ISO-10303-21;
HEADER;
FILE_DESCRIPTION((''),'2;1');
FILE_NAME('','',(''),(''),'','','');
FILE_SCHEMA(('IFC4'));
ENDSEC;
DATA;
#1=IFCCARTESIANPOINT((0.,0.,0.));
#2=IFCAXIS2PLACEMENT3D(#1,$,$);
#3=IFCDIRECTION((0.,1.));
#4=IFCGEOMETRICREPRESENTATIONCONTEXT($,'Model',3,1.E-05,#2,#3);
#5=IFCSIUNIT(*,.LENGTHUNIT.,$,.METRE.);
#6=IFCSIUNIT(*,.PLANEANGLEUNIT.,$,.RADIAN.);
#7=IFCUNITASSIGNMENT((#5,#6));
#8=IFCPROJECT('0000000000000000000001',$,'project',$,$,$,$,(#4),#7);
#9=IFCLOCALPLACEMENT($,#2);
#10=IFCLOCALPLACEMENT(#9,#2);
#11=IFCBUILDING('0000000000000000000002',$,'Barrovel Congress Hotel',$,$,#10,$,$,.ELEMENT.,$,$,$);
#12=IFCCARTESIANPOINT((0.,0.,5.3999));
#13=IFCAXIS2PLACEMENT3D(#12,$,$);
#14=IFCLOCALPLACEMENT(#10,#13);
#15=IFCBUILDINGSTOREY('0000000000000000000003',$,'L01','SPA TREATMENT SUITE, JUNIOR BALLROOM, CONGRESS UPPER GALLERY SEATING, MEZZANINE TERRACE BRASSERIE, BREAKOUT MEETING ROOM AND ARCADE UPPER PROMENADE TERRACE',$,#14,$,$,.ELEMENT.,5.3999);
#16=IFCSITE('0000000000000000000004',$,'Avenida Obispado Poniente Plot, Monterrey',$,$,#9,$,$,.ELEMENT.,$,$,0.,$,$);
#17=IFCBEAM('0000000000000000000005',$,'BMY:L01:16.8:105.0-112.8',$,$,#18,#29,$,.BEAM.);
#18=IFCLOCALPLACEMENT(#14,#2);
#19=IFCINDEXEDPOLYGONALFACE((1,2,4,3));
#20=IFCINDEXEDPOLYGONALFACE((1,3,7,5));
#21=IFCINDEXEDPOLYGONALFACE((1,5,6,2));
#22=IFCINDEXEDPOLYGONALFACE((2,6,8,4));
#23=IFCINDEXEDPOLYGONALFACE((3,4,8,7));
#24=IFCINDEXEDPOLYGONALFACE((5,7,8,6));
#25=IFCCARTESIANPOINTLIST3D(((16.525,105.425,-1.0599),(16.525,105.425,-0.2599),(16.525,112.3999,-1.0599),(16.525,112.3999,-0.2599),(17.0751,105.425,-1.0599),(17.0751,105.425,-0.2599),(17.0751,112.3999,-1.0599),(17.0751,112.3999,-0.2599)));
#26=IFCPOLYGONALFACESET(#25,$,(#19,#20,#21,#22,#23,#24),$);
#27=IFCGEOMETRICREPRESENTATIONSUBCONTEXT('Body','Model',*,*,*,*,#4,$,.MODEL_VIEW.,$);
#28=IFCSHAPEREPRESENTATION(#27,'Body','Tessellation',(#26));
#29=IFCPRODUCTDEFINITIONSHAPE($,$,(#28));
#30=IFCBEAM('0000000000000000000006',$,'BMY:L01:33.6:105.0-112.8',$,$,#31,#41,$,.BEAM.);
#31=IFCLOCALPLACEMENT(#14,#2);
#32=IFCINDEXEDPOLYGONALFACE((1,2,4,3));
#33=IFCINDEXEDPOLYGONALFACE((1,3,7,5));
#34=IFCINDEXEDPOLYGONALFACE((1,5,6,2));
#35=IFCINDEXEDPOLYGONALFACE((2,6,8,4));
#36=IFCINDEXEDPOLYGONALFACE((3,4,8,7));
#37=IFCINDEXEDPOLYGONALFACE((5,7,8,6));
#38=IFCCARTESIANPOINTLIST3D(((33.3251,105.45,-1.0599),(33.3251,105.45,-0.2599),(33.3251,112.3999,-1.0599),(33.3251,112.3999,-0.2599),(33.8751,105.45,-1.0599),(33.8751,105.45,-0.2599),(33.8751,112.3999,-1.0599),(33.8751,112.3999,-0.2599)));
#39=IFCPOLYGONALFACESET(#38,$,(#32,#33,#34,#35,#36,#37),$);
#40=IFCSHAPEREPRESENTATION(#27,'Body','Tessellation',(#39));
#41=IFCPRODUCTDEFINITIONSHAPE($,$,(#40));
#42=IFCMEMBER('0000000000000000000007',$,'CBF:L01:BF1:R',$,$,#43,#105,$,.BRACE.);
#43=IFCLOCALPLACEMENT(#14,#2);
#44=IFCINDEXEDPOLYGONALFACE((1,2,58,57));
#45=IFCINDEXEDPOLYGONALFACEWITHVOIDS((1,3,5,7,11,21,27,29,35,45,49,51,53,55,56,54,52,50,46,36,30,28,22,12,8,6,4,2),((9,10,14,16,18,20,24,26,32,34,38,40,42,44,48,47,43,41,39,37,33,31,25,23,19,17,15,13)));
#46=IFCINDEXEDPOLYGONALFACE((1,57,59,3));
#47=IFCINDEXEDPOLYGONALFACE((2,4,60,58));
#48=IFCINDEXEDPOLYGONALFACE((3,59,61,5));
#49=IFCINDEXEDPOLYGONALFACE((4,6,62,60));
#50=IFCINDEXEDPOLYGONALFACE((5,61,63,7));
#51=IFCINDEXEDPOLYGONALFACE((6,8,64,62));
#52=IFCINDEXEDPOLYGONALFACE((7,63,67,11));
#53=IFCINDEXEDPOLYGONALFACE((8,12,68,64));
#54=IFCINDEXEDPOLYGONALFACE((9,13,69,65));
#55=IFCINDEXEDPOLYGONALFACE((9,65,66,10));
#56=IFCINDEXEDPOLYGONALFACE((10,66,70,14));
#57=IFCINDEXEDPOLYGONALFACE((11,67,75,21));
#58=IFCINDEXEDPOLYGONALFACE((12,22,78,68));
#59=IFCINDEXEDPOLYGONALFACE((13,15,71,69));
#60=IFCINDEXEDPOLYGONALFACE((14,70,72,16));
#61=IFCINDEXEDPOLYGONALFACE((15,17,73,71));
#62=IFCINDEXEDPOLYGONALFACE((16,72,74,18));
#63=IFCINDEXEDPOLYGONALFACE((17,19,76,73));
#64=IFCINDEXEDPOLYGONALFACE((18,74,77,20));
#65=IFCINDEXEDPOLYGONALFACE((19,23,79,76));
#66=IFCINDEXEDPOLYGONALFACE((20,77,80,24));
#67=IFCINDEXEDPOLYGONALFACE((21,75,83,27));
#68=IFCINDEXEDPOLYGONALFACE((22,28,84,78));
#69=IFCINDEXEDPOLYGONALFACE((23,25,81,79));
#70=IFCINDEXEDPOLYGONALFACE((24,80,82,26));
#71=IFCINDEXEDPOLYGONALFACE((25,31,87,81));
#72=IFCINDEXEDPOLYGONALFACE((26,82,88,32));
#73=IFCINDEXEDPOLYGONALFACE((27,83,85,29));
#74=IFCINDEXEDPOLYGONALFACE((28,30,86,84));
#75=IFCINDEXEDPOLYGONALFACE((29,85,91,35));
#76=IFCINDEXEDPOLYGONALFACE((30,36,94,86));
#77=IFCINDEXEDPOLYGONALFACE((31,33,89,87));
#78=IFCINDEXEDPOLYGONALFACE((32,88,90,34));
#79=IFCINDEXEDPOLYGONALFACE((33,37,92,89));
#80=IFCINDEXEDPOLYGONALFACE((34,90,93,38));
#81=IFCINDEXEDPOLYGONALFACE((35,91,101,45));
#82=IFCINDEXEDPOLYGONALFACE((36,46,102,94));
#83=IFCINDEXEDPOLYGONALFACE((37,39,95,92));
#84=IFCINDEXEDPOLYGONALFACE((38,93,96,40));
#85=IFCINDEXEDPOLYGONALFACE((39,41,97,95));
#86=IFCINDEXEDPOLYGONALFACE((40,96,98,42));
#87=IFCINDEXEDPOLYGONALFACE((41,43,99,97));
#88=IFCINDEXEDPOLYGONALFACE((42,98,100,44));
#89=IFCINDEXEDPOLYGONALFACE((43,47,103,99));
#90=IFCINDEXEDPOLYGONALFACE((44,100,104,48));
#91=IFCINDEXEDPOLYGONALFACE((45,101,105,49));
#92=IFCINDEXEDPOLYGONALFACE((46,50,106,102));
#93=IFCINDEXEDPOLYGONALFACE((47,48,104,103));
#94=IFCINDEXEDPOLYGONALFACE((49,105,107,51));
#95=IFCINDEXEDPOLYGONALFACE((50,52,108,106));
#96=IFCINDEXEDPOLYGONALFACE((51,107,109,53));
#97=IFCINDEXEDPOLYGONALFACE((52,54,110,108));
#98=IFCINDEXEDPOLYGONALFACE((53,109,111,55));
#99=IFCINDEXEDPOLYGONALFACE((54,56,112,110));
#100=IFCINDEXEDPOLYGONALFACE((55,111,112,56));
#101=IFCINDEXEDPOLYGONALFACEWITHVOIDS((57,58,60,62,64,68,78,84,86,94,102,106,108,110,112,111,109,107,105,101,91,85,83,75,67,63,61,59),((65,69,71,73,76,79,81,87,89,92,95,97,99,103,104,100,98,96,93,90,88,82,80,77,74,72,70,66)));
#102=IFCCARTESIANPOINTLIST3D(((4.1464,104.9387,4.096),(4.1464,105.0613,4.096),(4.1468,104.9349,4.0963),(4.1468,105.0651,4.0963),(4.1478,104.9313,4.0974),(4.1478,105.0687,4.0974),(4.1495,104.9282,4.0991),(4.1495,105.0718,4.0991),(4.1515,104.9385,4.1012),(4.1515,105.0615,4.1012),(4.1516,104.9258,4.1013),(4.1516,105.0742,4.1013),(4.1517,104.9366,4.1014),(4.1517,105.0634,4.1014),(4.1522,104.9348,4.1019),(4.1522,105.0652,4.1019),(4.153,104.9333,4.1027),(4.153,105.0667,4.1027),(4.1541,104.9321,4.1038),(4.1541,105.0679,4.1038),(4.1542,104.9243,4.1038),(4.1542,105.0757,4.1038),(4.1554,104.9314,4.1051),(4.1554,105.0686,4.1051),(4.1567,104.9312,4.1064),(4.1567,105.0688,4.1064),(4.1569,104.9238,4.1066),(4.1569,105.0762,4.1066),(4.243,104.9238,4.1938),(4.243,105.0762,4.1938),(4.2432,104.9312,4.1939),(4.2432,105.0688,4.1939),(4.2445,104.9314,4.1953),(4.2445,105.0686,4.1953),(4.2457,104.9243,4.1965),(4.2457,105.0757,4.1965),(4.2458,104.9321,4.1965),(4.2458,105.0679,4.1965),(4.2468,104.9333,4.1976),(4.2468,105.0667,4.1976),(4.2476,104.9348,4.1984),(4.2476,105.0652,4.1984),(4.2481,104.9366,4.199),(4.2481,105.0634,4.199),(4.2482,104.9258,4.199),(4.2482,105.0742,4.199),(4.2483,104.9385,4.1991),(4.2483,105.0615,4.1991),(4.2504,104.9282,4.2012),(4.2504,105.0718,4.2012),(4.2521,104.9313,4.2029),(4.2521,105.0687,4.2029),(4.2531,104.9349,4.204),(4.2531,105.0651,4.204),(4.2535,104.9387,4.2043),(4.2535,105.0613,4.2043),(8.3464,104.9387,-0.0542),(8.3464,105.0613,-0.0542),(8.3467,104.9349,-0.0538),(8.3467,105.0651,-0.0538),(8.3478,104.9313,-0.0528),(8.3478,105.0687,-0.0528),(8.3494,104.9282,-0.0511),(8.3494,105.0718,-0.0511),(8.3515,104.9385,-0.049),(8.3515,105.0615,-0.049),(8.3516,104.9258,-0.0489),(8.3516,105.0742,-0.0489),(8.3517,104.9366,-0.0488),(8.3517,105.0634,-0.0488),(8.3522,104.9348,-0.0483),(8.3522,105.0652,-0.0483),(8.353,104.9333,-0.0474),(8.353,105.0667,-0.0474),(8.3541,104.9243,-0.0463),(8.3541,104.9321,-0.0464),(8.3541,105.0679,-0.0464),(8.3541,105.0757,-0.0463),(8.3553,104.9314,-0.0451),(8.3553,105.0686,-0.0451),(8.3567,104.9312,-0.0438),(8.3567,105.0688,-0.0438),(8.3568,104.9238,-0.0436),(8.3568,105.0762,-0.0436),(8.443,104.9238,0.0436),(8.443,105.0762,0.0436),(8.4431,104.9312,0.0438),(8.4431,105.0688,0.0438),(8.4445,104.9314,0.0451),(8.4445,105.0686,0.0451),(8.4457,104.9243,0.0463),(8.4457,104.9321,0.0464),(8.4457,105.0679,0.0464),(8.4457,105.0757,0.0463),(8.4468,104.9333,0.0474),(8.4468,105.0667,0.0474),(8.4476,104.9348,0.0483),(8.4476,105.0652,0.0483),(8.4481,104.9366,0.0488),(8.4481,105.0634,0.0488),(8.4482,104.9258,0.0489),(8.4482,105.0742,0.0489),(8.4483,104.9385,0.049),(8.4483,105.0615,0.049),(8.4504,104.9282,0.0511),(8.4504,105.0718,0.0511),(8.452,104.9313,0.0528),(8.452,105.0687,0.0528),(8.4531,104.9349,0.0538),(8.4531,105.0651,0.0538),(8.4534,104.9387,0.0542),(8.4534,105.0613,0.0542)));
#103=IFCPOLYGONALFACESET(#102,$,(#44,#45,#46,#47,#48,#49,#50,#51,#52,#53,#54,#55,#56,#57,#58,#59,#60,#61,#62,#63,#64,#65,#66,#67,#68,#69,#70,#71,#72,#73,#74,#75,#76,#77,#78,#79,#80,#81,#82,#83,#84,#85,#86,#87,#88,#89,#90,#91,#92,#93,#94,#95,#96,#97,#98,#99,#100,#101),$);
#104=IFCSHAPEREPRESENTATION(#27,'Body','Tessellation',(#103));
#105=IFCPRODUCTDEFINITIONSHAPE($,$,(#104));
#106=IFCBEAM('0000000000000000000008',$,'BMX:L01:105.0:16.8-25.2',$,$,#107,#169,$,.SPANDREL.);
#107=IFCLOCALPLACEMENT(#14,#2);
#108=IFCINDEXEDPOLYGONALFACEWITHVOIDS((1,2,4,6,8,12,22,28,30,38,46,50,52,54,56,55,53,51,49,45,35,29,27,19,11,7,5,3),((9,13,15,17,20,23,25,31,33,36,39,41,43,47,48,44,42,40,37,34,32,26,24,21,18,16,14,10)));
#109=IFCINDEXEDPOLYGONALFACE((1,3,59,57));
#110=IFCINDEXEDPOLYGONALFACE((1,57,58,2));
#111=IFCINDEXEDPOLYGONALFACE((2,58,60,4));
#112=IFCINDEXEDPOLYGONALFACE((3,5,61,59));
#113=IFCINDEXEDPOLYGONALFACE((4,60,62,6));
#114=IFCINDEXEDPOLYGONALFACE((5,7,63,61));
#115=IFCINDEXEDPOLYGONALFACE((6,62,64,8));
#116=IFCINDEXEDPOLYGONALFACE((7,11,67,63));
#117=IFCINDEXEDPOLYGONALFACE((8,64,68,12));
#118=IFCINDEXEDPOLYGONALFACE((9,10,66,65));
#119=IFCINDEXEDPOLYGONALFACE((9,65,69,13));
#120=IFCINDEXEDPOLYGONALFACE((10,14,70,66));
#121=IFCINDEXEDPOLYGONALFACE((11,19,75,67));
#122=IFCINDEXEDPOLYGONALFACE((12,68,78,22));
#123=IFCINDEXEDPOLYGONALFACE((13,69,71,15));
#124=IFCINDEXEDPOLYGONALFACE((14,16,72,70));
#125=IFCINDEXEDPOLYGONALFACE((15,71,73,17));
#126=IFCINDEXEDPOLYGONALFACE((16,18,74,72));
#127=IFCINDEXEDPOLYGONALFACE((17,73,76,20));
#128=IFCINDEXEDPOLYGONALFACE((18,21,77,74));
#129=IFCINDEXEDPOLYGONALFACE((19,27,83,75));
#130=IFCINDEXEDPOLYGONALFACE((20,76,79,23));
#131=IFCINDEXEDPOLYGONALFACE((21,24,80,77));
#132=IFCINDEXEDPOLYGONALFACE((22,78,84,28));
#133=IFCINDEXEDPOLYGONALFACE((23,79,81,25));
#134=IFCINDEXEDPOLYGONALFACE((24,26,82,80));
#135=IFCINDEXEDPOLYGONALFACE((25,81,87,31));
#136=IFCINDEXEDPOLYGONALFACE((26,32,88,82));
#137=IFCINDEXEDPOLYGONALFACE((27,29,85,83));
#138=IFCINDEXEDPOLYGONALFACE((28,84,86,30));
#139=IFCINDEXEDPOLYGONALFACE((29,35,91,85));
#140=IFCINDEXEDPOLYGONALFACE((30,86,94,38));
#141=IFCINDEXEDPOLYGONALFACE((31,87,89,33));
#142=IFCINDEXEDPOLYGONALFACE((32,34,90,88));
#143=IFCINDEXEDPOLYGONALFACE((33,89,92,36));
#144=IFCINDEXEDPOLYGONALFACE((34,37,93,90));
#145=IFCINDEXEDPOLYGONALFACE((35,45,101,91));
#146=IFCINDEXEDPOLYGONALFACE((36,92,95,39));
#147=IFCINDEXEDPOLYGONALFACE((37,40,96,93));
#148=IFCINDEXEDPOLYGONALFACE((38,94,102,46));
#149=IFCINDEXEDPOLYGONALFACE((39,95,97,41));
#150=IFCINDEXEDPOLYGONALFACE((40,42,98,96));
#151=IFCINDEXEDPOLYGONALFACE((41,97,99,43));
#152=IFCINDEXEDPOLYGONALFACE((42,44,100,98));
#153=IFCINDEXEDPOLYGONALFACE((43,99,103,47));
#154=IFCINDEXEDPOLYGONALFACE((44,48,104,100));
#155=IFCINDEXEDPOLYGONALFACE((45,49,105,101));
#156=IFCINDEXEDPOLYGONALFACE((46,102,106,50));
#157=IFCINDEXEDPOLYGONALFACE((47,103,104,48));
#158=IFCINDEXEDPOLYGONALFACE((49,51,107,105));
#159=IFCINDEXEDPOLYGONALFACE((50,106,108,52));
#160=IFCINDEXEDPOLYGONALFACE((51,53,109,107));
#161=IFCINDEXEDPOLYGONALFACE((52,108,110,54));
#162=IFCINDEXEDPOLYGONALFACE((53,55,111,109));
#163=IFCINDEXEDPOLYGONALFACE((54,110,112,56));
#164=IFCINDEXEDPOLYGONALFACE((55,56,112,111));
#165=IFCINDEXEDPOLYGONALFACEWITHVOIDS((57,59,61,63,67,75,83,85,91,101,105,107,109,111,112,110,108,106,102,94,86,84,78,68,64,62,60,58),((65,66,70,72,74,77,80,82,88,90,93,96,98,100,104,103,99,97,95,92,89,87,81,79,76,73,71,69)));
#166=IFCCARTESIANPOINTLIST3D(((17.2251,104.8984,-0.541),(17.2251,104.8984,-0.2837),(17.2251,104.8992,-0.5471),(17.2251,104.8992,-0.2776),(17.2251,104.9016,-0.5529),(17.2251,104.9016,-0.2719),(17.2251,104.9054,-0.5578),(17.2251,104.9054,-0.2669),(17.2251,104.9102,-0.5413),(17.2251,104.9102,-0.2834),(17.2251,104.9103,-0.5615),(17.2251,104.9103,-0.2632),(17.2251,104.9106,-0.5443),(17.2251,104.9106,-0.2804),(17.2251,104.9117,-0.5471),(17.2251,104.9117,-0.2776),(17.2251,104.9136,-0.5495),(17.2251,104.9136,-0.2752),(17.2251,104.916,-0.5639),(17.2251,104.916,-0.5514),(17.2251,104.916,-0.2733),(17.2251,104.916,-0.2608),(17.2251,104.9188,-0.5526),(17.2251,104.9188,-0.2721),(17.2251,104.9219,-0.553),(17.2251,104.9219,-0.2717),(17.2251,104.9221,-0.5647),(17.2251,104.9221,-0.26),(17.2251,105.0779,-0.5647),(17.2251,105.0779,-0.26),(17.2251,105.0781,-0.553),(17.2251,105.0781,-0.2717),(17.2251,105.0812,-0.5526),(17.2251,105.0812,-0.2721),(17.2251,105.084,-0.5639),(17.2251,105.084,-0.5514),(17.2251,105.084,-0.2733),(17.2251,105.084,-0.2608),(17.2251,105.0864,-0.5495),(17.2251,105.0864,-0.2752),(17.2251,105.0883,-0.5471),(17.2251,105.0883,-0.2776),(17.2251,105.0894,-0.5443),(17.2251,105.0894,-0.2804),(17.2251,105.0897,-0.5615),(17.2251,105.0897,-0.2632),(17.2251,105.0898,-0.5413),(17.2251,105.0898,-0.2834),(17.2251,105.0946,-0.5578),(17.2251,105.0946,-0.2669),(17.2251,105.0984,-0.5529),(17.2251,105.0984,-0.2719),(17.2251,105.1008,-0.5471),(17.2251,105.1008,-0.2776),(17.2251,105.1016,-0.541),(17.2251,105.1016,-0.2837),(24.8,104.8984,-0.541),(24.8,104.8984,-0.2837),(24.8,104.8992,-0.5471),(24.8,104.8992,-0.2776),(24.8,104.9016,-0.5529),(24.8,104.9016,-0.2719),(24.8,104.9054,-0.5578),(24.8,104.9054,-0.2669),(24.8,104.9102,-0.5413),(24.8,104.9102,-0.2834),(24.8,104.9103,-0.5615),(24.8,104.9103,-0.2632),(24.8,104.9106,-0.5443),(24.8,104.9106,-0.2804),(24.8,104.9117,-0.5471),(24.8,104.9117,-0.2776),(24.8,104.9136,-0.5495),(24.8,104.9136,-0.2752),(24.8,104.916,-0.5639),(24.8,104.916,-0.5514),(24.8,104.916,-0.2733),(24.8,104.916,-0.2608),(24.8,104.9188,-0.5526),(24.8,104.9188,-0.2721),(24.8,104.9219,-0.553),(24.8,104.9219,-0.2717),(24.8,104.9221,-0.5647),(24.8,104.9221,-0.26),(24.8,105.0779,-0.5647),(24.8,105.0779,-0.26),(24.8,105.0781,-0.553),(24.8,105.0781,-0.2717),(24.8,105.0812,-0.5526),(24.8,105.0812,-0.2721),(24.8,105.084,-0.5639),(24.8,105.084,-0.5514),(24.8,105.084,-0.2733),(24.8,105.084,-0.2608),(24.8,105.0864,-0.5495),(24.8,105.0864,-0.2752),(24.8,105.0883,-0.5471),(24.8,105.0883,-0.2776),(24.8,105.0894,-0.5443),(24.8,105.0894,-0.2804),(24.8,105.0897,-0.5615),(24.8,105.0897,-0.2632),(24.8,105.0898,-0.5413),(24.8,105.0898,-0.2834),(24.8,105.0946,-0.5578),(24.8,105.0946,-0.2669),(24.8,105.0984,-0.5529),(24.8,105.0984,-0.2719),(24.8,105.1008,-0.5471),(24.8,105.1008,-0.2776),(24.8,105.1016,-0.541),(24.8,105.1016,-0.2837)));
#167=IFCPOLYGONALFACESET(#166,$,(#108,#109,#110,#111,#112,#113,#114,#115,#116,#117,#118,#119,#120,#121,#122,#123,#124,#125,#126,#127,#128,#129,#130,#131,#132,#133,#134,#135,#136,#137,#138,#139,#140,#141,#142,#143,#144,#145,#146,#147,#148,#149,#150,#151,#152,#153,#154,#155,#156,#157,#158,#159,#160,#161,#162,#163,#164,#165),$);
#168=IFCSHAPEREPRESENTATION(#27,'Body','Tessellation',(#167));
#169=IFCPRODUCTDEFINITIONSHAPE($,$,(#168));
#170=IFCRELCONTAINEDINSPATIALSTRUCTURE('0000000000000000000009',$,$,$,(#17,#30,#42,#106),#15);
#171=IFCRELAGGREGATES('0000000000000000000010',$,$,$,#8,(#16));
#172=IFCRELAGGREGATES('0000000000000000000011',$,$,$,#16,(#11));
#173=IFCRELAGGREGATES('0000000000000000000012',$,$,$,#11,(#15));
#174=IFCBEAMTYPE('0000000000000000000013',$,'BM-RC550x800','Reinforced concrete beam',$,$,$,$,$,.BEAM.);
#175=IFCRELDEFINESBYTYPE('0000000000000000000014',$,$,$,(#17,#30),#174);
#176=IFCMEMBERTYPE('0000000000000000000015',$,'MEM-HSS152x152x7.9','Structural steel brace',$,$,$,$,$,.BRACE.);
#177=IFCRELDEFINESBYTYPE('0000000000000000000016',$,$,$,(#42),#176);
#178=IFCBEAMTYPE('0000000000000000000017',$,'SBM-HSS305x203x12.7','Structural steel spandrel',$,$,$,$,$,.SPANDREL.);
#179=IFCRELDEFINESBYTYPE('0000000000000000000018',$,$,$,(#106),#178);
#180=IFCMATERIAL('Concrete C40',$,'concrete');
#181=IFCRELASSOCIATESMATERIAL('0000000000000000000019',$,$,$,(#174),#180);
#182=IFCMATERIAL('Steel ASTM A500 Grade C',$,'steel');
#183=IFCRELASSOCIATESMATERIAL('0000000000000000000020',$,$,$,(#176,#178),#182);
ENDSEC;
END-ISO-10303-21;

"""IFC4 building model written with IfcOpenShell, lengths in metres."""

from ifc_helpers import new_model, si_unit, direction, frame, origin, origin_2d, place, context, subcontext, project, spatial, rectangle, hollow_rectangle, extrude, material, material_profile, profile_set, type_object, element, save


model = new_model("IFC4")

# Units and contexts
model_context = context("Model", 3, precision=1e-05, world=origin(), true_north=direction((0.0, 1.0)))
body_context = subcontext(model_context, "Body", "Model", "MODEL_VIEW")
ifc_project = project(units=[si_unit("LENGTHUNIT", "METRE"), si_unit("PLANEANGLEUNIT", "RADIAN")], contexts=[model_context])

# Site, building, storey
site_placement = place(None, origin())
site = spatial("IfcSite", under=ifc_project, at=site_placement, Name="Avenida Obispado Poniente Plot, Monterrey", CompositionType="ELEMENT", RefElevation=0.0)
building_placement = place(site_placement, origin())
building = spatial("IfcBuilding", under=site, at=building_placement, Name="Barrovel Congress Hotel", CompositionType="ELEMENT")
storey_placement = place(building_placement, frame((0.0, 0.0, 5.3999)))
storey = spatial("IfcBuildingStorey", under=building, at=storey_placement, Name="L01", Description="SPA TREATMENT SUITE, JUNIOR BALLROOM, CONGRESS UPPER GALLERY SEATING, MEZZANINE TERRACE BRASSERIE, BREAKOUT MEETING ROOM AND ARCADE UPPER PROMENADE TERRACE", CompositionType="ELEMENT", Elevation=5.3999)

# Shared definitions
ifc_material_1 = material(Name="Concrete C40", Category="concrete")

# Beams
ifc_material_profile_1 = material_profile(ifc_material_1, rectangle(XDim=0.55, YDim=0.8, at=origin_2d()), Name="RC550x800")
ifc_profile_set_1 = profile_set([ifc_material_profile_1], Name="Concrete C40")
beam_type_1 = type_object("IfcBeamType", Name="BM-RC550x800", Description="Reinforced concrete beam", PredefinedType="BEAM", material=ifc_profile_set_1)
beam_1_placement = place(storey_placement, frame((16.8, 105.425, -0.6599), z_axis=(0.0, 1.0, 0.0), x_axis=(-1.0, 0.0, 0.0)))
element("IfcBeam", 1, at=beam_1_placement, inside=storey, type_object=beam_type_1, Name="BMY:L01:16.8:105.0-112.8", PredefinedType="BEAM", context=body_context, shape_type="SweptSolid", body=[
    extrude(rectangle(XDim=0.55, YDim=0.8, at=origin_2d()), origin(), (0.0, 0.0, 1.0), 6.9749),
])
beam_2_placement = place(storey_placement, frame((33.6001, 105.45, -0.6599), z_axis=(0.0, 1.0, 0.0), x_axis=(-1.0, 0.0, 0.0)))
element("IfcBeam", 2, at=beam_2_placement, inside=storey, type_object=beam_type_1, Name="BMY:L01:33.6:105.0-112.8", PredefinedType="BEAM", context=body_context, shape_type="SweptSolid", body=[
    extrude(rectangle(XDim=0.55, YDim=0.8, at=origin_2d()), origin(), (0.0, 0.0, 1.0), 6.95),
])

# Member
ifc_material_2 = material(Name="Steel ASTM A500 Grade C", Category="steel")
ifc_material_profile_2 = material_profile(ifc_material_2, hollow_rectangle(XDim=0.1523, YDim=0.1523, WallThickness=0.0073, InnerFilletRadius=0.0073, OuterFilletRadius=0.0149, at=origin_2d()), Name="HSS152x152x7.9")
ifc_profile_set_2 = profile_set([ifc_material_profile_2], Name="Steel ASTM A500 Grade C")
member_type = type_object("IfcMemberType", Name="MEM-HSS152x152x7.9", Description="Structural steel brace", PredefinedType="BRACE", material=ifc_profile_set_2)
member_placement = place(storey_placement, frame((8.3999, 105.0, 0.0), z_axis=(-0.711312, 0.0, 0.702877), x_axis=(0.0, -1.0, 0.0)))
element("IfcMember", 3, at=member_placement, inside=storey, type_object=member_type, Name="CBF:L01:BF1:R", PredefinedType="BRACE", context=body_context, shape_type="SweptSolid", body=[
    extrude(hollow_rectangle(XDim=0.1523, YDim=0.1523, WallThickness=0.0073, InnerFilletRadius=0.0073, OuterFilletRadius=0.0149, at=origin_2d()), origin(), (0.0, 0.0, 1.0), 5.9045),
])

# Beam
ifc_material_profile_3 = material_profile(ifc_material_2, hollow_rectangle(XDim=0.2031, YDim=0.3047, WallThickness=0.0117, InnerFilletRadius=0.0117, OuterFilletRadius=0.0237, at=origin_2d()), Name="HSS305x203x12.7")
ifc_profile_set_3 = profile_set([ifc_material_profile_3], Name="Steel ASTM A500 Grade C")
beam_type_2 = type_object("IfcBeamType", Name="SBM-HSS305x203x12.7", Description="Structural steel spandrel", PredefinedType="SPANDREL", material=ifc_profile_set_3)
beam_3_placement = place(storey_placement, frame((17.2251, 105.0, -0.4124), z_axis=(1.0, 0.0, 0.0), x_axis=(0.0, 1.0, 0.0)))
element("IfcBeam", 4, at=beam_3_placement, inside=storey, type_object=beam_type_2, Name="BMX:L01:105.0:16.8-25.2", PredefinedType="SPANDREL", context=body_context, shape_type="SweptSolid", body=[
    extrude(hollow_rectangle(XDim=0.2031, YDim=0.3047, WallThickness=0.0117, InnerFilletRadius=0.0117, OuterFilletRadius=0.0237, at=origin_2d()), origin(), (0.0, 0.0, 1.0), 7.575),
])

save(model, "model.ifc")
